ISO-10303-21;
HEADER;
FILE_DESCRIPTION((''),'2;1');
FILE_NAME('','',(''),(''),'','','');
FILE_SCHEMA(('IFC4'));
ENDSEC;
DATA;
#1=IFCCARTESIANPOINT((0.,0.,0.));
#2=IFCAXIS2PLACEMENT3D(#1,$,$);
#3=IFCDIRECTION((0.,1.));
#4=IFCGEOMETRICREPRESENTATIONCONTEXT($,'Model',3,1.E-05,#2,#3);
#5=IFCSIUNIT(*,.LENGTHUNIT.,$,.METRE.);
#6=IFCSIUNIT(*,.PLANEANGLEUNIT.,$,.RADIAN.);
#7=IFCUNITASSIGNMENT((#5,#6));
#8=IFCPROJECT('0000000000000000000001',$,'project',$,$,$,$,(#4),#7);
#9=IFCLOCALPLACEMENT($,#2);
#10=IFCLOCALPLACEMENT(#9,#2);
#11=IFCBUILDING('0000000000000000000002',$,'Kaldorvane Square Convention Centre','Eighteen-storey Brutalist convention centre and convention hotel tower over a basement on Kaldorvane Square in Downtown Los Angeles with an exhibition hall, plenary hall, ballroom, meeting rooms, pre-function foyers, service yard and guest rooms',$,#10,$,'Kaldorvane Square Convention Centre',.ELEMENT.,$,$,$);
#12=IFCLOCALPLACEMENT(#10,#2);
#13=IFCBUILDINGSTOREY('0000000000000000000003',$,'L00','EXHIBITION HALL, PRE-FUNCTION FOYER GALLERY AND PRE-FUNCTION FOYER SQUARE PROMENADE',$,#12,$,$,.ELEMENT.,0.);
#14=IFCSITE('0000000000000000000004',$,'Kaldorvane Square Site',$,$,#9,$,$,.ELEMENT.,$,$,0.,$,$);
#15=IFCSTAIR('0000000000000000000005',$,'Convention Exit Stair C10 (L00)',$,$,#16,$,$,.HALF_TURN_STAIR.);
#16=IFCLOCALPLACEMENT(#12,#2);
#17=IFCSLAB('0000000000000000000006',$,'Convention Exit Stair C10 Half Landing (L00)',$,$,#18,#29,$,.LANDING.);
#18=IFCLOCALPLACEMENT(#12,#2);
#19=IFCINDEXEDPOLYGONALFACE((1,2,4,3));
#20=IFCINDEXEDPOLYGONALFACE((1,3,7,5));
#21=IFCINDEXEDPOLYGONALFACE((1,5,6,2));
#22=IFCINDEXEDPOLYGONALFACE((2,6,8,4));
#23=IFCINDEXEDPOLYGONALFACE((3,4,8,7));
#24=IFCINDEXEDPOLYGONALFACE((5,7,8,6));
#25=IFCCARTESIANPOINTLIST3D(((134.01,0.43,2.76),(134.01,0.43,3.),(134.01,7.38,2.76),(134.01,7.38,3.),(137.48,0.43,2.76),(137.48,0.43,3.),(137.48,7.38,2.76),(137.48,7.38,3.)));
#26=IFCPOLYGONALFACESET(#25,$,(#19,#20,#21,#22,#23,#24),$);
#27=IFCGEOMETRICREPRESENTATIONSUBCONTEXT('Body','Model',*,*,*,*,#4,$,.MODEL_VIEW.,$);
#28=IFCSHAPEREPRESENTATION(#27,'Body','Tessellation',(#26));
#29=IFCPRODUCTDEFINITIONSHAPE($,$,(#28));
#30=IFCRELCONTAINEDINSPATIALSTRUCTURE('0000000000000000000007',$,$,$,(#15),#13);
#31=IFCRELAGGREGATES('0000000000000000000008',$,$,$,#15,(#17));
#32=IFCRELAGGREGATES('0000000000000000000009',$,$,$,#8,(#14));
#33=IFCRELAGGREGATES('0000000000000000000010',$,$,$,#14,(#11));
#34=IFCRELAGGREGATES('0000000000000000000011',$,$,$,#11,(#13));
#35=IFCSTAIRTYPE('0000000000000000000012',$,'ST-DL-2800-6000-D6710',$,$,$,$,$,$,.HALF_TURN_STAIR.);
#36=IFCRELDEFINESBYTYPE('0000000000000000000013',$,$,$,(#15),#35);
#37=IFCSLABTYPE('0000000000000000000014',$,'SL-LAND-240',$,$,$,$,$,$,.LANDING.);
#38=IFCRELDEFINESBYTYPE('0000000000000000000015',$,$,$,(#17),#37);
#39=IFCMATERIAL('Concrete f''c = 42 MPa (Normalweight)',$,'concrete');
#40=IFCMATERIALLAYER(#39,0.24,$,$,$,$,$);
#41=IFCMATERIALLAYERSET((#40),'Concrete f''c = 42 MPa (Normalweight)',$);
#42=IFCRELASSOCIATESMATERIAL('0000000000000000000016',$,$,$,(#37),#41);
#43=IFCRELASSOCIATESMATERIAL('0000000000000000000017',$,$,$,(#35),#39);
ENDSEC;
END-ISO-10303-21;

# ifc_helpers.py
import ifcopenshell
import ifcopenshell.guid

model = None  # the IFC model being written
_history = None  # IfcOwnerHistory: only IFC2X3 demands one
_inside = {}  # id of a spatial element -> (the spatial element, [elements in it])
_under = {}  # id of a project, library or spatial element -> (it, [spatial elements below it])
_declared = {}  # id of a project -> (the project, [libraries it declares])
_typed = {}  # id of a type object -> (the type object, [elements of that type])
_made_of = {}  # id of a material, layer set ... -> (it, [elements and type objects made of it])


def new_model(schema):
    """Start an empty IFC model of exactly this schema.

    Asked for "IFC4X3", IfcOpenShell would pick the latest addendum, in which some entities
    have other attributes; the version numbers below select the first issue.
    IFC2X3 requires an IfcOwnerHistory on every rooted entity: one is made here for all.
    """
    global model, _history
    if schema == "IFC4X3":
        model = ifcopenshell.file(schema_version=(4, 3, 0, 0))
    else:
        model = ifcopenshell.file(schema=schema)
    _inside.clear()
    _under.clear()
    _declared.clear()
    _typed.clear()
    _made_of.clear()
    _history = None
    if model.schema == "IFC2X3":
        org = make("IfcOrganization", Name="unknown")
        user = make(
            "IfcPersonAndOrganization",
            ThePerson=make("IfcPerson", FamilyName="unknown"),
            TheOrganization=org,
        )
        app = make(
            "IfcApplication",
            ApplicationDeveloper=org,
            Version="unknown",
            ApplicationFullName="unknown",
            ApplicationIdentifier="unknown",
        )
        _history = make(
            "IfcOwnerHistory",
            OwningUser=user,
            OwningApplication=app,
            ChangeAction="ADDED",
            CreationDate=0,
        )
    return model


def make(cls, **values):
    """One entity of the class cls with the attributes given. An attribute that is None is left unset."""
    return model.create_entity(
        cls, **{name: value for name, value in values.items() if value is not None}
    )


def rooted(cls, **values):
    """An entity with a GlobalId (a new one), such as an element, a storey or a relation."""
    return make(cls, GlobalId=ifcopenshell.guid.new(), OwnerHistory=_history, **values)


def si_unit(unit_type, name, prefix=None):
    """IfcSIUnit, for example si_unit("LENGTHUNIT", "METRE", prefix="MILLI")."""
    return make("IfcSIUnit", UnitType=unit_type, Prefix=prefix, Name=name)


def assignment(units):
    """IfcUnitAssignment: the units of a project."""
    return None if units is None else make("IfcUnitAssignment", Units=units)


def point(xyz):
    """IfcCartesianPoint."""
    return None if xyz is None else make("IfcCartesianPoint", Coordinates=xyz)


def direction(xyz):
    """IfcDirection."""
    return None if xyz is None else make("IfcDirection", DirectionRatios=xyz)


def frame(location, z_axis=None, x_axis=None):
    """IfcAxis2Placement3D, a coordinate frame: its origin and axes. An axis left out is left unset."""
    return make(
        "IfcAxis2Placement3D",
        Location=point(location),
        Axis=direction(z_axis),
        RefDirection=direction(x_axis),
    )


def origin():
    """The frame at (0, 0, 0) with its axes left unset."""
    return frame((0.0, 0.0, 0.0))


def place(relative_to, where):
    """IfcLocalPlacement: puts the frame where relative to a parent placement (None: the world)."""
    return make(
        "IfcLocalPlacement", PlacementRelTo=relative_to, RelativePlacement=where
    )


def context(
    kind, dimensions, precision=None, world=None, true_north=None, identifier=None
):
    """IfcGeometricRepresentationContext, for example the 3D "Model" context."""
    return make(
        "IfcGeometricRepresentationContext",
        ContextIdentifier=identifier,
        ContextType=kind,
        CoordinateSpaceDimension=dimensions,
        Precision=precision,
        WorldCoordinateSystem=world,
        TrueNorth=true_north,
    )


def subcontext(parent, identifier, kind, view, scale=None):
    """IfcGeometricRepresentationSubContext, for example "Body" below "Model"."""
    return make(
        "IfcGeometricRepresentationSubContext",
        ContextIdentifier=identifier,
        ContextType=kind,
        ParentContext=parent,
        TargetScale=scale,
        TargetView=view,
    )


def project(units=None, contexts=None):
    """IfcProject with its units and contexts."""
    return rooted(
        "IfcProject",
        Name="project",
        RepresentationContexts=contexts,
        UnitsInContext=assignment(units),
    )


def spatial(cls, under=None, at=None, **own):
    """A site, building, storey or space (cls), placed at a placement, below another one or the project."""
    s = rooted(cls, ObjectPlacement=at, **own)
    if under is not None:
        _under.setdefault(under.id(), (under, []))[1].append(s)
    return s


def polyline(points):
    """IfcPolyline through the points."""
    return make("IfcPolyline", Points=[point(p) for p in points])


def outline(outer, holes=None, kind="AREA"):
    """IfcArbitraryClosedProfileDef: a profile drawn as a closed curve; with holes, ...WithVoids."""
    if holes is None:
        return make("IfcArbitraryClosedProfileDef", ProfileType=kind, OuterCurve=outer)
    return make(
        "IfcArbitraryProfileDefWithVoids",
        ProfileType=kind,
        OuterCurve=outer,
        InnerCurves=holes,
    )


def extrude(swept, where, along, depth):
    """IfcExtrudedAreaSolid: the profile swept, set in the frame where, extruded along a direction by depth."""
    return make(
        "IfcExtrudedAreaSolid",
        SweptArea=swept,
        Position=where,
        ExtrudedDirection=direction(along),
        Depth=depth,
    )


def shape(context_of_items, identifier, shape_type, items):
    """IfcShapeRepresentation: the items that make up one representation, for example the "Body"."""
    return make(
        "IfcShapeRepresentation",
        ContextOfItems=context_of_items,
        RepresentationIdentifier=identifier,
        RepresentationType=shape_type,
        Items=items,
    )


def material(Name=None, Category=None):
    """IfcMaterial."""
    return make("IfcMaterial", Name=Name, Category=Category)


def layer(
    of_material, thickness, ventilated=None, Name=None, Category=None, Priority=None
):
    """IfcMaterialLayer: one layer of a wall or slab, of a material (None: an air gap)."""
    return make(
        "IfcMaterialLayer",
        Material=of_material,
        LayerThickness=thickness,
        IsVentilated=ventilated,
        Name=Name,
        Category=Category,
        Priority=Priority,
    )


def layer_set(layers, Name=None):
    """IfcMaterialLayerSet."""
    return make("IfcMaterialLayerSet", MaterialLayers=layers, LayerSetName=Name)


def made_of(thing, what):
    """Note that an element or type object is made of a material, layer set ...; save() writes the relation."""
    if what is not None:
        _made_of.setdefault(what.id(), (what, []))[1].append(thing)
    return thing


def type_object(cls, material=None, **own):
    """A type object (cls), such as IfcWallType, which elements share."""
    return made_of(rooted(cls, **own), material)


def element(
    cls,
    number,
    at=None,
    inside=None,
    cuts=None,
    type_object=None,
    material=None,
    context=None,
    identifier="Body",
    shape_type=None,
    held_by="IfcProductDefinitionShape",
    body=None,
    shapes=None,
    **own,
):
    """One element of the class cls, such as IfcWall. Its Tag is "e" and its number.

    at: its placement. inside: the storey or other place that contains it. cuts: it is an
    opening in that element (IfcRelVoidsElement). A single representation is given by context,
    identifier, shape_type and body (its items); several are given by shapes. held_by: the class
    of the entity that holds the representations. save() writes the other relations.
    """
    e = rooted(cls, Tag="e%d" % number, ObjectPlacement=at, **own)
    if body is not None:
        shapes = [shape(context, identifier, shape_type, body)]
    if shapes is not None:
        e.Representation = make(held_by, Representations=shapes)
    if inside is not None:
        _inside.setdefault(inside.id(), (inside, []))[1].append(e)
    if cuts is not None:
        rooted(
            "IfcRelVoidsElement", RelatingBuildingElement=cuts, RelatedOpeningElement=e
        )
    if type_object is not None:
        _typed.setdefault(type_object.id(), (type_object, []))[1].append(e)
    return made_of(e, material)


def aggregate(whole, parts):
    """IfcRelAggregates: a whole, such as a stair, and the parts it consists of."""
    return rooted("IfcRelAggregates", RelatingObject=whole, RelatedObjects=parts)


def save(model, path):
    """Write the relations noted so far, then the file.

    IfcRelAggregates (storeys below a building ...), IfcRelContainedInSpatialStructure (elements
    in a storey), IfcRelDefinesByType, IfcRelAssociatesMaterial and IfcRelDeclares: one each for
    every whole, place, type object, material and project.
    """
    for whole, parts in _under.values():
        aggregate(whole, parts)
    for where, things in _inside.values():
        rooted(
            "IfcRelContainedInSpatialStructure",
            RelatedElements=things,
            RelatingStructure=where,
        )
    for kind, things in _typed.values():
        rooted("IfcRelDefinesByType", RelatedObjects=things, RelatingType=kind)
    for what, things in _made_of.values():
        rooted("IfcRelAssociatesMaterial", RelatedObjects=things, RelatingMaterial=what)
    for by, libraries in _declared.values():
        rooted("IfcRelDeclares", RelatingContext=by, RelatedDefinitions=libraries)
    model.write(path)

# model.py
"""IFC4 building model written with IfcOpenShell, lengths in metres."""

from ifc_helpers import new_model, si_unit, direction, frame, origin, place, context, subcontext, project, spatial, polyline, outline, extrude, material, layer, layer_set, type_object, element, aggregate, save


model = new_model("IFC4")

# Units and contexts
model_context = context("Model", 3, precision=1e-05, world=origin(), true_north=direction((0.0, 1.0)))
body_context = subcontext(model_context, "Body", "Model", "MODEL_VIEW")
ifc_project = project(units=[si_unit("LENGTHUNIT", "METRE"), si_unit("PLANEANGLEUNIT", "RADIAN")], contexts=[model_context])

# Site, building, storey
site_placement = place(None, origin())
site = spatial("IfcSite", under=ifc_project, at=site_placement, Name="Kaldorvane Square Site", CompositionType="ELEMENT", RefElevation=0.0)
building_placement = place(site_placement, origin())
building = spatial("IfcBuilding", under=site, at=building_placement, Name="Kaldorvane Square Convention Centre", Description="Eighteen-storey Brutalist convention centre and convention hotel tower over a basement on Kaldorvane Square in Downtown Los Angeles with an exhibition hall, plenary hall, ballroom, meeting rooms, pre-function foyers, service yard and guest rooms", LongName="Kaldorvane Square Convention Centre", CompositionType="ELEMENT")
storey_placement = place(building_placement, origin())
storey = spatial("IfcBuildingStorey", under=building, at=storey_placement, Name="L00", Description="EXHIBITION HALL, PRE-FUNCTION FOYER GALLERY AND PRE-FUNCTION FOYER SQUARE PROMENADE", CompositionType="ELEMENT", Elevation=0.0)

# Shared definitions
ifc_material_1 = material(Name="Concrete f'c = 42 MPa (Normalweight)", Category="concrete")

# Stair, slab
ifc_layer_1 = layer(ifc_material_1, 0.24)
ifc_layer_set_1 = layer_set([ifc_layer_1], Name="Concrete f'c = 42 MPa (Normalweight)")
slab_type_1 = type_object("IfcSlabType", Name="SL-LAND-240", PredefinedType="LANDING", material=ifc_layer_set_1)
stair_type_1 = type_object("IfcStairType", Name="ST-DL-2800-6000-D6710", PredefinedType="HALF_TURN_STAIR", material=ifc_material_1)
stair_1_placement = place(storey_placement, origin())
stair_1 = element("IfcStair", 1, at=stair_1_placement, inside=storey, type_object=stair_type_1, Name="Convention Exit Stair C10 (L00)", PredefinedType="HALF_TURN_STAIR")
slab_1_placement = place(storey_placement, frame((0.0, 0.0, 2.76)))
slab_1 = element("IfcSlab", 2, at=slab_1_placement, type_object=slab_type_1, Name="Convention Exit Stair C10 Half Landing (L00)", PredefinedType="LANDING", context=body_context, shape_type="SweptSolid", body=[
    extrude(outline(polyline([(134.01, 0.43), (137.48, 0.43), (137.48, 7.38), (134.01, 7.38), (134.01, 0.43)])), origin(), (0.0, 0.0, 1.0), 0.24),
])
aggregate(stair_1, [slab_1])

save(model, "model.ifc")
